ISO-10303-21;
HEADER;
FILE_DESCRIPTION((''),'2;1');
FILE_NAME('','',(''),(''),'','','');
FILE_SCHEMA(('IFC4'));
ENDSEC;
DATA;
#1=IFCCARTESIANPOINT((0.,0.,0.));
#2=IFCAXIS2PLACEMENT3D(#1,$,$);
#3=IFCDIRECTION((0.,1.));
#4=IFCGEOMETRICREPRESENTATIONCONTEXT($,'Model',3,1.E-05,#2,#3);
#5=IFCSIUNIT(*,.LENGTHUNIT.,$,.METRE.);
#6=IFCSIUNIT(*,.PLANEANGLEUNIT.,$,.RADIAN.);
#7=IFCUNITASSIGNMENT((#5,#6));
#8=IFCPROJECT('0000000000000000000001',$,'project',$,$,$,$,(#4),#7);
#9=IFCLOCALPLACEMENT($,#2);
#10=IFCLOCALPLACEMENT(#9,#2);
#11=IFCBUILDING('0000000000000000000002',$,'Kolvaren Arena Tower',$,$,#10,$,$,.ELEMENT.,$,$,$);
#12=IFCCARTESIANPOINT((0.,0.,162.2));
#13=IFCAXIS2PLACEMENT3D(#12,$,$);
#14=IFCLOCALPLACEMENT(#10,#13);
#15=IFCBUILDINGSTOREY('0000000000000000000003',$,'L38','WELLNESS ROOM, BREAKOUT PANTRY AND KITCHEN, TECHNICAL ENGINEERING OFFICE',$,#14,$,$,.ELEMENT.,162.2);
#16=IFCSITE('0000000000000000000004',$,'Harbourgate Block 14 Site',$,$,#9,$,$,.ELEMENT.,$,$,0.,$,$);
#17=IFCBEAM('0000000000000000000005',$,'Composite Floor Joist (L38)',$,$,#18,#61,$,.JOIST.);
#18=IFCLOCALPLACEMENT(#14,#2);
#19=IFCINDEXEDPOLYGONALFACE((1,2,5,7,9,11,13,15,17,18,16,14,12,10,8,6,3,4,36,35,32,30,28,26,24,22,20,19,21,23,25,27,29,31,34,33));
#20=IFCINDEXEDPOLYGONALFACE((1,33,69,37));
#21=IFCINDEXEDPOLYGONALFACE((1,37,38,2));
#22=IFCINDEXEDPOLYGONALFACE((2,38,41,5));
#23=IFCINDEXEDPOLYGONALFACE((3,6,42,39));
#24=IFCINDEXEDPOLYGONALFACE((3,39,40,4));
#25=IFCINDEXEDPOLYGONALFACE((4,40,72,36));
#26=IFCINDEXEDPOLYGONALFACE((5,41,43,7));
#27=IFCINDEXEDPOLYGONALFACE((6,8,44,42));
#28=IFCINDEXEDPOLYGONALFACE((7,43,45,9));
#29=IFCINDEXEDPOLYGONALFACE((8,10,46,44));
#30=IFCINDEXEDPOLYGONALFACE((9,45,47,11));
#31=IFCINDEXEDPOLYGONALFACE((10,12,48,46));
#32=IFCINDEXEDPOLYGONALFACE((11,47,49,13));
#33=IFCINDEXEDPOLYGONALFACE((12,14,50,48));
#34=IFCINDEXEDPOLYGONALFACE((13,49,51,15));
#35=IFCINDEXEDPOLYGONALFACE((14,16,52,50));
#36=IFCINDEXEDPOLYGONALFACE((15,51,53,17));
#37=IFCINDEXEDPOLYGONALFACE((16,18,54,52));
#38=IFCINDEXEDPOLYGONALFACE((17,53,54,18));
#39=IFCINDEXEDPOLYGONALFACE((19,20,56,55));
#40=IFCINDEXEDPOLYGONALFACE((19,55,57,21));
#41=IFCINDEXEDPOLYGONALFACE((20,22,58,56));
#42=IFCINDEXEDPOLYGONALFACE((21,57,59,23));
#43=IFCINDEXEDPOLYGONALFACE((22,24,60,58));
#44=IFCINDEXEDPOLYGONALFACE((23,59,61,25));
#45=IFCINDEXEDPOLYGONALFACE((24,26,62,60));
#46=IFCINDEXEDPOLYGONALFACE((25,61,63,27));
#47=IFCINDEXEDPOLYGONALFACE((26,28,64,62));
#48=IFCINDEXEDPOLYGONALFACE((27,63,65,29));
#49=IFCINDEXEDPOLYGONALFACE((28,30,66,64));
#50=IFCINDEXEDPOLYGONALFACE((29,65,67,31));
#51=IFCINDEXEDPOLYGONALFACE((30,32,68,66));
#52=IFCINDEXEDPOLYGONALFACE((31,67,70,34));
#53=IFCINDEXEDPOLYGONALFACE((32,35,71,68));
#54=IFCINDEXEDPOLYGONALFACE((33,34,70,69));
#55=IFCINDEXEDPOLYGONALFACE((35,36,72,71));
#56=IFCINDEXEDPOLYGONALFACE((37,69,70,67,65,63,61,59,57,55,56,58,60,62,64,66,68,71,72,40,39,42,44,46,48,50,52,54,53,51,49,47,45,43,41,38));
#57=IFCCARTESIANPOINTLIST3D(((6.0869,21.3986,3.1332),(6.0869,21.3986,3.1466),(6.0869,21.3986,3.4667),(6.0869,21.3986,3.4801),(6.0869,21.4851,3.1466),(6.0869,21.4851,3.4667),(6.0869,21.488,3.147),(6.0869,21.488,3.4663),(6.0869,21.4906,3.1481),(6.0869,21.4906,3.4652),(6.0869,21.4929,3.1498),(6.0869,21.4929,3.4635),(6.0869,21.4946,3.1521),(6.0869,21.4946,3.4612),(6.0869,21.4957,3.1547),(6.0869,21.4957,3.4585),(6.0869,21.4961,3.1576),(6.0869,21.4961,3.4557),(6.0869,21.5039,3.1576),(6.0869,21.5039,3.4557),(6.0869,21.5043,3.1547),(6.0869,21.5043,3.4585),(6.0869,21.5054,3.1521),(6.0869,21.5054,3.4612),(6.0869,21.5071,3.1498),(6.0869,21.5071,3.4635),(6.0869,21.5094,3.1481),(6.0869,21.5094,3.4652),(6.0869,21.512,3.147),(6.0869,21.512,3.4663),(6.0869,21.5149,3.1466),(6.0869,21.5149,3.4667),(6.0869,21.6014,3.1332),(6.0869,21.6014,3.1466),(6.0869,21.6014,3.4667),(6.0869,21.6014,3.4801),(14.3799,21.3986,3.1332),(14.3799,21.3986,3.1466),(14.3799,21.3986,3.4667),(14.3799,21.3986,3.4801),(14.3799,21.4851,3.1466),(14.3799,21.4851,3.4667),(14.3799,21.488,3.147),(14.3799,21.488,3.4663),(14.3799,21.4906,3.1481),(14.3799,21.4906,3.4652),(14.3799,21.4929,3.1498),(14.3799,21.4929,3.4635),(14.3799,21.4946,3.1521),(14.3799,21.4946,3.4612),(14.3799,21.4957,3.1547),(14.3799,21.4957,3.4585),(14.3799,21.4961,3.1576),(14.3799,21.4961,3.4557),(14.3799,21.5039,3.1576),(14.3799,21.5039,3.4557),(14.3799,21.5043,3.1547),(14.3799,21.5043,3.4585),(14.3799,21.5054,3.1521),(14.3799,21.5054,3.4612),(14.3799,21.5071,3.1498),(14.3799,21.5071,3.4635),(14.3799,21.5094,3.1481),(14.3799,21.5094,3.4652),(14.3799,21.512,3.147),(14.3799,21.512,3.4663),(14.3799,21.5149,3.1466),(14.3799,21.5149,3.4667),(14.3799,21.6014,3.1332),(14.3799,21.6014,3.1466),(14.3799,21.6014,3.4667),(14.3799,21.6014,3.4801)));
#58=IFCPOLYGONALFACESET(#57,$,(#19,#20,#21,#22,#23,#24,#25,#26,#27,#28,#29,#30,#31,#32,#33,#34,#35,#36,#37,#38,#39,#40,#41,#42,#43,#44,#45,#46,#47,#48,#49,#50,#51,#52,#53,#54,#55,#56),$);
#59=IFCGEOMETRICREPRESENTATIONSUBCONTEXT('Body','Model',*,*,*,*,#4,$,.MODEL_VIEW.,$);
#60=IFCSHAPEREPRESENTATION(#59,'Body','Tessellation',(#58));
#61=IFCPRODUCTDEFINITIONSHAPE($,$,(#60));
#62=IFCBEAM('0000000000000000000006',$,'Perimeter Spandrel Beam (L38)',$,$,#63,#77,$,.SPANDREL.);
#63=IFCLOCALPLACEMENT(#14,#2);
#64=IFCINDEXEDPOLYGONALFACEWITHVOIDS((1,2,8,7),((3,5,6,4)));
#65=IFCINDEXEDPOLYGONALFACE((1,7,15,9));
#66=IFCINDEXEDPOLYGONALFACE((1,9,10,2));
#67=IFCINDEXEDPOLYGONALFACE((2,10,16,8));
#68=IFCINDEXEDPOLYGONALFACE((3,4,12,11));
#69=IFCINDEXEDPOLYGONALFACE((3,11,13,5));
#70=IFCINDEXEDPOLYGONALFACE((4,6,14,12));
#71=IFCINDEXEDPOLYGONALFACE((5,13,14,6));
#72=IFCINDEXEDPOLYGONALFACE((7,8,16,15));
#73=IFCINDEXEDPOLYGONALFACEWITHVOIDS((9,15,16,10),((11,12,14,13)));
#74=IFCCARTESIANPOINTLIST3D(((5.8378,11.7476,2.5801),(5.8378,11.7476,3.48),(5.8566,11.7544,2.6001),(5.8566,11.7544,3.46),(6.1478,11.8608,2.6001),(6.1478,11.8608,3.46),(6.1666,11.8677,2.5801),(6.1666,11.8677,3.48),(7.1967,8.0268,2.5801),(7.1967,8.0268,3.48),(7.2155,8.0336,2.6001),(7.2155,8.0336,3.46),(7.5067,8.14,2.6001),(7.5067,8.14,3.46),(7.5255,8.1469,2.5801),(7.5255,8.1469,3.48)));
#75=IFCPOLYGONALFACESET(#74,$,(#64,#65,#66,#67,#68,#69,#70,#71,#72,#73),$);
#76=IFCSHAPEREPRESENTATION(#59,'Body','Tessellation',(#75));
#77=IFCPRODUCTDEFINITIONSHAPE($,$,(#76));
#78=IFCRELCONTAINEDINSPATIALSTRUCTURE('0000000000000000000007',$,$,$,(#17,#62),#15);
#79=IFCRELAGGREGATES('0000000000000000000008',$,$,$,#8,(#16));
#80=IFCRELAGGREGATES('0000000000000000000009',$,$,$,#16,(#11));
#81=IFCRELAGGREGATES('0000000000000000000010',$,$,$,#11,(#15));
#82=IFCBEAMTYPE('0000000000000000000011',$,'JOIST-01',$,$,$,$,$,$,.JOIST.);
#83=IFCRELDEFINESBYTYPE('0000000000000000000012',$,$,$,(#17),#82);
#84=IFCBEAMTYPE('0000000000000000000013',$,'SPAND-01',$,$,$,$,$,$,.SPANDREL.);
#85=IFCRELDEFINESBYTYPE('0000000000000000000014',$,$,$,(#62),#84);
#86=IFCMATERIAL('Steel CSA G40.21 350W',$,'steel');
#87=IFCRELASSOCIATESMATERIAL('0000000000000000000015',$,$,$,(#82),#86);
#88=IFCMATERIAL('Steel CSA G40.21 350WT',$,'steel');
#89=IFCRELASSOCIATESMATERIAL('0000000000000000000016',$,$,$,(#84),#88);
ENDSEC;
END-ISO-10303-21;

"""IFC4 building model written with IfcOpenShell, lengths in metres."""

from ifc_helpers import new_model, si_unit, direction, frame, origin, origin_2d, place, context, subcontext, project, spatial, hollow_rectangle, i_section, extrude, material, material_profile, profile_set, type_object, element, save


model = new_model("IFC4")

# Units and contexts
model_context = context("Model", 3, precision=1e-05, world=origin(), true_north=direction((0.0, 1.0)))
body_context = subcontext(model_context, "Body", "Model", "MODEL_VIEW")
ifc_project = project(units=[si_unit("LENGTHUNIT", "METRE"), si_unit("PLANEANGLEUNIT", "RADIAN")], contexts=[model_context])

# Site, building, storey
site_placement = place(None, origin())
site = spatial("IfcSite", under=ifc_project, at=site_placement, Name="Harbourgate Block 14 Site", CompositionType="ELEMENT", RefElevation=0.0)
building_placement = place(site_placement, origin())
building = spatial("IfcBuilding", under=site, at=building_placement, Name="Kolvaren Arena Tower", CompositionType="ELEMENT")
storey_placement = place(building_placement, frame((0.0, 0.0, 162.2)))
storey = spatial("IfcBuildingStorey", under=building, at=storey_placement, Name="L38", Description="WELLNESS ROOM, BREAKOUT PANTRY AND KITCHEN, TECHNICAL ENGINEERING OFFICE", CompositionType="ELEMENT", Elevation=162.2)

# Beams
ifc_material_1 = material(Name="Steel CSA G40.21 350W", Category="steel")
ifc_material_profile_1 = material_profile(ifc_material_1, i_section(OverallWidth=0.2029, OverallDepth=0.3469, WebThickness=0.0078, FlangeThickness=0.0134, FilletRadius=0.011, at=origin_2d()), Name="W360x64")
ifc_profile_set_1 = profile_set([ifc_material_profile_1], Name="Steel CSA G40.21 350W")
beam_type_1 = type_object("IfcBeamType", Name="JOIST-01", PredefinedType="JOIST", material=ifc_profile_set_1)
beam_1_placement = place(storey_placement, frame((6.0869, 21.5, 3.3066), z_axis=(1.0, 0.0, 0.0), x_axis=(0.0, 1.0, 0.0)))
element("IfcBeam", 1, at=beam_1_placement, inside=storey, type_object=beam_type_1, Name="Composite Floor Joist (L38)", PredefinedType="JOIST", context=body_context, shape_type="SweptSolid", body=[
    extrude(i_section(OverallWidth=0.2029, OverallDepth=0.3469, WebThickness=0.0078, FlangeThickness=0.0134, FilletRadius=0.011, at=origin_2d()), origin(), (0.0, 0.0, 1.0), 8.293),
])
ifc_material_2 = material(Name="Steel CSA G40.21 350WT", Category="steel")
ifc_material_profile_2 = material_profile(ifc_material_2, hollow_rectangle(XDim=0.3501, YDim=0.8999, WallThickness=0.02, at=origin_2d()), Name="HSS 900x350x20")
ifc_profile_set_2 = profile_set([ifc_material_profile_2], Name="Steel CSA G40.21 350WT")
beam_type_2 = type_object("IfcBeamType", Name="SPAND-01", PredefinedType="SPANDREL", material=ifc_profile_set_2)
beam_2_placement = place(storey_placement, frame((6.0022, 11.8076, 3.03), z_axis=(0.343059, -0.939314, 0.0), x_axis=(0.939314, 0.343059, 0.0)))
element("IfcBeam", 2, at=beam_2_placement, inside=storey, type_object=beam_type_2, Name="Perimeter Spandrel Beam (L38)", PredefinedType="SPANDREL", context=body_context, shape_type="SweptSolid", body=[
    extrude(hollow_rectangle(XDim=0.3501, YDim=0.8999, WallThickness=0.02, at=origin_2d()), origin(), (0.0, 0.0, 1.0), 3.9612),
])

save(model, "model.ifc")
